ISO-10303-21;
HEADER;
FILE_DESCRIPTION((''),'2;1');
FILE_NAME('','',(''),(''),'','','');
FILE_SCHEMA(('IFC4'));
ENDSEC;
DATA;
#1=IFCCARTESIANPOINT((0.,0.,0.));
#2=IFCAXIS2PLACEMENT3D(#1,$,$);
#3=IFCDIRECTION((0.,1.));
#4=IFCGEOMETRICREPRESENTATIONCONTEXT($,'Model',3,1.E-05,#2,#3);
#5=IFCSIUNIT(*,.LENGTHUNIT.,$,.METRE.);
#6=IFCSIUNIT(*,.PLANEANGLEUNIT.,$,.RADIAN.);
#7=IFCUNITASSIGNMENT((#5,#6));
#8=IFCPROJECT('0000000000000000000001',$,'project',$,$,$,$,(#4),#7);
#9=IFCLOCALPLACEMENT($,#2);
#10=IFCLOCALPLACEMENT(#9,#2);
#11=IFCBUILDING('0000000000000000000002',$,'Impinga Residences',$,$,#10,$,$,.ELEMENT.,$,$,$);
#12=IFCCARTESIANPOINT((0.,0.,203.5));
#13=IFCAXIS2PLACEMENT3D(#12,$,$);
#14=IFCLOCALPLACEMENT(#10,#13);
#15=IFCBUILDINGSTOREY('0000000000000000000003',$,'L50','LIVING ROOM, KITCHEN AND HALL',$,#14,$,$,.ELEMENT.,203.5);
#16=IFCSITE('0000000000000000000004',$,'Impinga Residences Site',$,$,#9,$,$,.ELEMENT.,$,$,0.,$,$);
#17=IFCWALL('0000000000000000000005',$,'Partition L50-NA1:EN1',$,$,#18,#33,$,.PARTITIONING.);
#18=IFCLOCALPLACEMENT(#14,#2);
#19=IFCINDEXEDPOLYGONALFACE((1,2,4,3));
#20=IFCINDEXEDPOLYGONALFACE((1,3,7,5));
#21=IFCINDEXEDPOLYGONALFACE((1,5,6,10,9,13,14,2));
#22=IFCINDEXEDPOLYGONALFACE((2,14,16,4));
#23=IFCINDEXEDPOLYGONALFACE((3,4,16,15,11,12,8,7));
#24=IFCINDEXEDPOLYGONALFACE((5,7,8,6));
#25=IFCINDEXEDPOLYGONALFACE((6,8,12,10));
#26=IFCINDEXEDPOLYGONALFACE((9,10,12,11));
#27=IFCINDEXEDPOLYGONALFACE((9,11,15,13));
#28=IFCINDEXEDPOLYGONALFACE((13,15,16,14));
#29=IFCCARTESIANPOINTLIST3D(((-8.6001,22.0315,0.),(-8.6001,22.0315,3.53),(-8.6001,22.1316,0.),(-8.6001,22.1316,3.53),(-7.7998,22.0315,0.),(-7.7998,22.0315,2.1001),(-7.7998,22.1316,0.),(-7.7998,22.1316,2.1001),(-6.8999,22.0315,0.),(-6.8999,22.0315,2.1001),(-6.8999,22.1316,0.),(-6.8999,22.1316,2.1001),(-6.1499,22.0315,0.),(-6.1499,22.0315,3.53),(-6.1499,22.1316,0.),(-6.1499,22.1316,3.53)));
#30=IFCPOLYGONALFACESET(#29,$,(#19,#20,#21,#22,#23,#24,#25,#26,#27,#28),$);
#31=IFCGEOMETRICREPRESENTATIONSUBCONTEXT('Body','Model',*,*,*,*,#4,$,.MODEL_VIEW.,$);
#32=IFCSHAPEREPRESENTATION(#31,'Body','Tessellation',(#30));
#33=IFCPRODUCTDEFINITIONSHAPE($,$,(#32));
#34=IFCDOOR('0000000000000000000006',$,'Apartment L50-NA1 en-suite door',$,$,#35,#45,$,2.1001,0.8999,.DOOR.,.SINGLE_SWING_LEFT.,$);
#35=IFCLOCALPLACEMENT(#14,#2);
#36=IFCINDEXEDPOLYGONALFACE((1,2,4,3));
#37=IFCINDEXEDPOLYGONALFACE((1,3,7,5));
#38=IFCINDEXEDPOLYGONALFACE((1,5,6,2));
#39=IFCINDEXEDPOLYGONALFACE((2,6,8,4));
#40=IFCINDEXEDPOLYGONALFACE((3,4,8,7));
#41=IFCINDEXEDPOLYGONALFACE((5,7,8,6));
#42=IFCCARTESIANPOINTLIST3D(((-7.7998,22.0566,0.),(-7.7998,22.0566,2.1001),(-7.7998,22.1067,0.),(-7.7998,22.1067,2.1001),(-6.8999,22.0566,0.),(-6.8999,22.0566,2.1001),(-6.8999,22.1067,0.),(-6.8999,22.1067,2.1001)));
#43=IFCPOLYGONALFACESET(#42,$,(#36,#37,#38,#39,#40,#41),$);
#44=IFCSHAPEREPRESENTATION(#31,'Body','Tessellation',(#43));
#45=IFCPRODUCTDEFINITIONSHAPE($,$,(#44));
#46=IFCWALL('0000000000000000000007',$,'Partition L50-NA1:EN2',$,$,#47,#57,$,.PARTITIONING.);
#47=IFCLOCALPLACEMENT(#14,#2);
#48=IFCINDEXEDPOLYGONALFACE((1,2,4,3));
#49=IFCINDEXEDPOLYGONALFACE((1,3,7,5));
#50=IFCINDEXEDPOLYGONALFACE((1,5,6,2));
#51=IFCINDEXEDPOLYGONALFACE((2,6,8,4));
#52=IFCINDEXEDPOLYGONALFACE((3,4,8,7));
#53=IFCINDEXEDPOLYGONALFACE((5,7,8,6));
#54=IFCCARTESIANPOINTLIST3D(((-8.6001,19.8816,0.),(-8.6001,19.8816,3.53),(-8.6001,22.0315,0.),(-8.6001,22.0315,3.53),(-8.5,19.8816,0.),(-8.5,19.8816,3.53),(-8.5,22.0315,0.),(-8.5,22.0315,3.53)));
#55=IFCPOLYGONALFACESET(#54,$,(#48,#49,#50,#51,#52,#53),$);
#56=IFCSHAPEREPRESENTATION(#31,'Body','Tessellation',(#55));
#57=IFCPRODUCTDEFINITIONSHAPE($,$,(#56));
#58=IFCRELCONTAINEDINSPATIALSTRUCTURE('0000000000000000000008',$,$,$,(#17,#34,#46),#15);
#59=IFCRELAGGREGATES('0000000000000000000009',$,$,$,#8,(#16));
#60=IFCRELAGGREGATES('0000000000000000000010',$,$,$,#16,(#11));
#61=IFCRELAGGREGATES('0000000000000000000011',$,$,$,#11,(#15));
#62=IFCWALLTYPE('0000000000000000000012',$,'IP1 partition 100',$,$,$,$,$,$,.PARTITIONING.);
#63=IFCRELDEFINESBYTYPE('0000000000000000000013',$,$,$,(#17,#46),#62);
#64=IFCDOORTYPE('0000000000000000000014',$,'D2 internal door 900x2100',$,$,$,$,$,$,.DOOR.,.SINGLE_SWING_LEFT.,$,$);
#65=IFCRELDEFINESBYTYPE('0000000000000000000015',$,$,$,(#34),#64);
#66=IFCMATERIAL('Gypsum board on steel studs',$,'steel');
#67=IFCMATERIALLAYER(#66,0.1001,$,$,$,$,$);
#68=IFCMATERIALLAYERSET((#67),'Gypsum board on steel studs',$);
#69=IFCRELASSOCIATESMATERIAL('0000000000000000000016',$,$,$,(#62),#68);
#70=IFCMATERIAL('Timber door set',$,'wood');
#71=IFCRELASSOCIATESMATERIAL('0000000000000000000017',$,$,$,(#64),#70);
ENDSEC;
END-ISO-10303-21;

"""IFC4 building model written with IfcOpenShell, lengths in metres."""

from ifc_helpers import new_model, si_unit, direction, frame, frame_2d, origin, place, context, subcontext, project, spatial, rectangle, extrude, material, layer, layer_set, type_object, element, fill, save


model = new_model("IFC4")

# Units and contexts
model_context = context("Model", 3, precision=1e-05, world=origin(), true_north=direction((0.0, 1.0)))
body_context = subcontext(model_context, "Body", "Model", "MODEL_VIEW")
ifc_project = project(units=[si_unit("LENGTHUNIT", "METRE"), si_unit("PLANEANGLEUNIT", "RADIAN")], contexts=[model_context])

# Site, building, storey
site_placement = place(None, origin())
site = spatial("IfcSite", under=ifc_project, at=site_placement, Name="Impinga Residences Site", CompositionType="ELEMENT", RefElevation=0.0)
building_placement = place(site_placement, origin())
building = spatial("IfcBuilding", under=site, at=building_placement, Name="Impinga Residences", CompositionType="ELEMENT")
storey_placement = place(building_placement, frame((0.0, 0.0, 203.5)))
storey = spatial("IfcBuildingStorey", under=building, at=storey_placement, Name="L50", Description="LIVING ROOM, KITCHEN AND HALL", CompositionType="ELEMENT", Elevation=203.5)

# Shared definitions
ifc_material_1 = material(Name="Timber door set", Category="wood")

# Shared definitions
ifc_material_2 = material(Name="Gypsum board on steel studs", Category="steel")
ifc_layer_1 = layer(ifc_material_2, 0.1001)
ifc_layer_set_1 = layer_set([ifc_layer_1], Name="Gypsum board on steel studs")
wall_type_1 = type_object("IfcWallType", Name="IP1 partition 100", PredefinedType="PARTITIONING", material=ifc_layer_set_1)

# Wall, opening, door
wall_1_placement = place(storey_placement, frame((-6.1499, 22.0815, 0.0), z_axis=(0.0, 0.0, 1.0), x_axis=(-1.0, 0.0, 0.0)))
wall_1 = element("IfcWall", 1, at=wall_1_placement, inside=storey, type_object=wall_type_1, Name="Partition L50-NA1:EN1", PredefinedType="PARTITIONING", context=body_context, shape_type="SweptSolid", body=[
    extrude(rectangle(XDim=2.4502, YDim=0.1001, at=frame_2d((1.2251, 0.0))), origin(), (0.0, 0.0, 1.0), 3.53),
])
opening_1_placement = place(wall_1_placement, frame((0.75, 0.0, 0.0)))
opening_1 = element("IfcOpeningElement", 2, at=opening_1_placement, cuts=wall_1, PredefinedType="OPENING", context=body_context, shape_type="SweptSolid", body=[
    extrude(rectangle(XDim=0.8999, YDim=2.1001, at=frame_2d((0.45, 1.05))), frame((0.0, 0.0601, 0.0), z_axis=(0.0, -1.0, 0.0), x_axis=(1.0, 0.0, 0.0)), (0.0, 0.0, 1.0), 0.1201),
])
door_type_1 = type_object("IfcDoorType", Name="D2 internal door 900x2100", OperationType="SINGLE_SWING_LEFT", PredefinedType="DOOR", material=ifc_material_1)
door_1_placement = place(opening_1_placement, origin())
door_1 = element("IfcDoor", 3, at=door_1_placement, inside=storey, type_object=door_type_1, Name="Apartment L50-NA1 en-suite door", OperationType="SINGLE_SWING_LEFT", OverallHeight=2.1001, OverallWidth=0.8999, PredefinedType="DOOR", context=body_context, shape_type="SweptSolid", body=[
    extrude(rectangle(XDim=0.8999, YDim=2.1001, at=frame_2d((0.45, 1.05))), frame((0.0, 0.0249, 0.0), z_axis=(0.0, -1.0, 0.0), x_axis=(1.0, 0.0, 0.0)), (0.0, 0.0, 1.0), 0.05),
])
fill(opening_1, door_1)

# Wall
wall_2_placement = place(storey_placement, frame((-8.55, 19.8816, 0.0), z_axis=(0.0, 0.0, 1.0), x_axis=(0.0, 1.0, 0.0)))
element("IfcWall", 4, at=wall_2_placement, inside=storey, type_object=wall_type_1, Name="Partition L50-NA1:EN2", PredefinedType="PARTITIONING", context=body_context, shape_type="SweptSolid", body=[
    extrude(rectangle(XDim=2.1499, YDim=0.1001, at=frame_2d((1.075, 0.0))), origin(), (0.0, 0.0, 1.0), 3.53),
])

save(model, "model.ifc")
